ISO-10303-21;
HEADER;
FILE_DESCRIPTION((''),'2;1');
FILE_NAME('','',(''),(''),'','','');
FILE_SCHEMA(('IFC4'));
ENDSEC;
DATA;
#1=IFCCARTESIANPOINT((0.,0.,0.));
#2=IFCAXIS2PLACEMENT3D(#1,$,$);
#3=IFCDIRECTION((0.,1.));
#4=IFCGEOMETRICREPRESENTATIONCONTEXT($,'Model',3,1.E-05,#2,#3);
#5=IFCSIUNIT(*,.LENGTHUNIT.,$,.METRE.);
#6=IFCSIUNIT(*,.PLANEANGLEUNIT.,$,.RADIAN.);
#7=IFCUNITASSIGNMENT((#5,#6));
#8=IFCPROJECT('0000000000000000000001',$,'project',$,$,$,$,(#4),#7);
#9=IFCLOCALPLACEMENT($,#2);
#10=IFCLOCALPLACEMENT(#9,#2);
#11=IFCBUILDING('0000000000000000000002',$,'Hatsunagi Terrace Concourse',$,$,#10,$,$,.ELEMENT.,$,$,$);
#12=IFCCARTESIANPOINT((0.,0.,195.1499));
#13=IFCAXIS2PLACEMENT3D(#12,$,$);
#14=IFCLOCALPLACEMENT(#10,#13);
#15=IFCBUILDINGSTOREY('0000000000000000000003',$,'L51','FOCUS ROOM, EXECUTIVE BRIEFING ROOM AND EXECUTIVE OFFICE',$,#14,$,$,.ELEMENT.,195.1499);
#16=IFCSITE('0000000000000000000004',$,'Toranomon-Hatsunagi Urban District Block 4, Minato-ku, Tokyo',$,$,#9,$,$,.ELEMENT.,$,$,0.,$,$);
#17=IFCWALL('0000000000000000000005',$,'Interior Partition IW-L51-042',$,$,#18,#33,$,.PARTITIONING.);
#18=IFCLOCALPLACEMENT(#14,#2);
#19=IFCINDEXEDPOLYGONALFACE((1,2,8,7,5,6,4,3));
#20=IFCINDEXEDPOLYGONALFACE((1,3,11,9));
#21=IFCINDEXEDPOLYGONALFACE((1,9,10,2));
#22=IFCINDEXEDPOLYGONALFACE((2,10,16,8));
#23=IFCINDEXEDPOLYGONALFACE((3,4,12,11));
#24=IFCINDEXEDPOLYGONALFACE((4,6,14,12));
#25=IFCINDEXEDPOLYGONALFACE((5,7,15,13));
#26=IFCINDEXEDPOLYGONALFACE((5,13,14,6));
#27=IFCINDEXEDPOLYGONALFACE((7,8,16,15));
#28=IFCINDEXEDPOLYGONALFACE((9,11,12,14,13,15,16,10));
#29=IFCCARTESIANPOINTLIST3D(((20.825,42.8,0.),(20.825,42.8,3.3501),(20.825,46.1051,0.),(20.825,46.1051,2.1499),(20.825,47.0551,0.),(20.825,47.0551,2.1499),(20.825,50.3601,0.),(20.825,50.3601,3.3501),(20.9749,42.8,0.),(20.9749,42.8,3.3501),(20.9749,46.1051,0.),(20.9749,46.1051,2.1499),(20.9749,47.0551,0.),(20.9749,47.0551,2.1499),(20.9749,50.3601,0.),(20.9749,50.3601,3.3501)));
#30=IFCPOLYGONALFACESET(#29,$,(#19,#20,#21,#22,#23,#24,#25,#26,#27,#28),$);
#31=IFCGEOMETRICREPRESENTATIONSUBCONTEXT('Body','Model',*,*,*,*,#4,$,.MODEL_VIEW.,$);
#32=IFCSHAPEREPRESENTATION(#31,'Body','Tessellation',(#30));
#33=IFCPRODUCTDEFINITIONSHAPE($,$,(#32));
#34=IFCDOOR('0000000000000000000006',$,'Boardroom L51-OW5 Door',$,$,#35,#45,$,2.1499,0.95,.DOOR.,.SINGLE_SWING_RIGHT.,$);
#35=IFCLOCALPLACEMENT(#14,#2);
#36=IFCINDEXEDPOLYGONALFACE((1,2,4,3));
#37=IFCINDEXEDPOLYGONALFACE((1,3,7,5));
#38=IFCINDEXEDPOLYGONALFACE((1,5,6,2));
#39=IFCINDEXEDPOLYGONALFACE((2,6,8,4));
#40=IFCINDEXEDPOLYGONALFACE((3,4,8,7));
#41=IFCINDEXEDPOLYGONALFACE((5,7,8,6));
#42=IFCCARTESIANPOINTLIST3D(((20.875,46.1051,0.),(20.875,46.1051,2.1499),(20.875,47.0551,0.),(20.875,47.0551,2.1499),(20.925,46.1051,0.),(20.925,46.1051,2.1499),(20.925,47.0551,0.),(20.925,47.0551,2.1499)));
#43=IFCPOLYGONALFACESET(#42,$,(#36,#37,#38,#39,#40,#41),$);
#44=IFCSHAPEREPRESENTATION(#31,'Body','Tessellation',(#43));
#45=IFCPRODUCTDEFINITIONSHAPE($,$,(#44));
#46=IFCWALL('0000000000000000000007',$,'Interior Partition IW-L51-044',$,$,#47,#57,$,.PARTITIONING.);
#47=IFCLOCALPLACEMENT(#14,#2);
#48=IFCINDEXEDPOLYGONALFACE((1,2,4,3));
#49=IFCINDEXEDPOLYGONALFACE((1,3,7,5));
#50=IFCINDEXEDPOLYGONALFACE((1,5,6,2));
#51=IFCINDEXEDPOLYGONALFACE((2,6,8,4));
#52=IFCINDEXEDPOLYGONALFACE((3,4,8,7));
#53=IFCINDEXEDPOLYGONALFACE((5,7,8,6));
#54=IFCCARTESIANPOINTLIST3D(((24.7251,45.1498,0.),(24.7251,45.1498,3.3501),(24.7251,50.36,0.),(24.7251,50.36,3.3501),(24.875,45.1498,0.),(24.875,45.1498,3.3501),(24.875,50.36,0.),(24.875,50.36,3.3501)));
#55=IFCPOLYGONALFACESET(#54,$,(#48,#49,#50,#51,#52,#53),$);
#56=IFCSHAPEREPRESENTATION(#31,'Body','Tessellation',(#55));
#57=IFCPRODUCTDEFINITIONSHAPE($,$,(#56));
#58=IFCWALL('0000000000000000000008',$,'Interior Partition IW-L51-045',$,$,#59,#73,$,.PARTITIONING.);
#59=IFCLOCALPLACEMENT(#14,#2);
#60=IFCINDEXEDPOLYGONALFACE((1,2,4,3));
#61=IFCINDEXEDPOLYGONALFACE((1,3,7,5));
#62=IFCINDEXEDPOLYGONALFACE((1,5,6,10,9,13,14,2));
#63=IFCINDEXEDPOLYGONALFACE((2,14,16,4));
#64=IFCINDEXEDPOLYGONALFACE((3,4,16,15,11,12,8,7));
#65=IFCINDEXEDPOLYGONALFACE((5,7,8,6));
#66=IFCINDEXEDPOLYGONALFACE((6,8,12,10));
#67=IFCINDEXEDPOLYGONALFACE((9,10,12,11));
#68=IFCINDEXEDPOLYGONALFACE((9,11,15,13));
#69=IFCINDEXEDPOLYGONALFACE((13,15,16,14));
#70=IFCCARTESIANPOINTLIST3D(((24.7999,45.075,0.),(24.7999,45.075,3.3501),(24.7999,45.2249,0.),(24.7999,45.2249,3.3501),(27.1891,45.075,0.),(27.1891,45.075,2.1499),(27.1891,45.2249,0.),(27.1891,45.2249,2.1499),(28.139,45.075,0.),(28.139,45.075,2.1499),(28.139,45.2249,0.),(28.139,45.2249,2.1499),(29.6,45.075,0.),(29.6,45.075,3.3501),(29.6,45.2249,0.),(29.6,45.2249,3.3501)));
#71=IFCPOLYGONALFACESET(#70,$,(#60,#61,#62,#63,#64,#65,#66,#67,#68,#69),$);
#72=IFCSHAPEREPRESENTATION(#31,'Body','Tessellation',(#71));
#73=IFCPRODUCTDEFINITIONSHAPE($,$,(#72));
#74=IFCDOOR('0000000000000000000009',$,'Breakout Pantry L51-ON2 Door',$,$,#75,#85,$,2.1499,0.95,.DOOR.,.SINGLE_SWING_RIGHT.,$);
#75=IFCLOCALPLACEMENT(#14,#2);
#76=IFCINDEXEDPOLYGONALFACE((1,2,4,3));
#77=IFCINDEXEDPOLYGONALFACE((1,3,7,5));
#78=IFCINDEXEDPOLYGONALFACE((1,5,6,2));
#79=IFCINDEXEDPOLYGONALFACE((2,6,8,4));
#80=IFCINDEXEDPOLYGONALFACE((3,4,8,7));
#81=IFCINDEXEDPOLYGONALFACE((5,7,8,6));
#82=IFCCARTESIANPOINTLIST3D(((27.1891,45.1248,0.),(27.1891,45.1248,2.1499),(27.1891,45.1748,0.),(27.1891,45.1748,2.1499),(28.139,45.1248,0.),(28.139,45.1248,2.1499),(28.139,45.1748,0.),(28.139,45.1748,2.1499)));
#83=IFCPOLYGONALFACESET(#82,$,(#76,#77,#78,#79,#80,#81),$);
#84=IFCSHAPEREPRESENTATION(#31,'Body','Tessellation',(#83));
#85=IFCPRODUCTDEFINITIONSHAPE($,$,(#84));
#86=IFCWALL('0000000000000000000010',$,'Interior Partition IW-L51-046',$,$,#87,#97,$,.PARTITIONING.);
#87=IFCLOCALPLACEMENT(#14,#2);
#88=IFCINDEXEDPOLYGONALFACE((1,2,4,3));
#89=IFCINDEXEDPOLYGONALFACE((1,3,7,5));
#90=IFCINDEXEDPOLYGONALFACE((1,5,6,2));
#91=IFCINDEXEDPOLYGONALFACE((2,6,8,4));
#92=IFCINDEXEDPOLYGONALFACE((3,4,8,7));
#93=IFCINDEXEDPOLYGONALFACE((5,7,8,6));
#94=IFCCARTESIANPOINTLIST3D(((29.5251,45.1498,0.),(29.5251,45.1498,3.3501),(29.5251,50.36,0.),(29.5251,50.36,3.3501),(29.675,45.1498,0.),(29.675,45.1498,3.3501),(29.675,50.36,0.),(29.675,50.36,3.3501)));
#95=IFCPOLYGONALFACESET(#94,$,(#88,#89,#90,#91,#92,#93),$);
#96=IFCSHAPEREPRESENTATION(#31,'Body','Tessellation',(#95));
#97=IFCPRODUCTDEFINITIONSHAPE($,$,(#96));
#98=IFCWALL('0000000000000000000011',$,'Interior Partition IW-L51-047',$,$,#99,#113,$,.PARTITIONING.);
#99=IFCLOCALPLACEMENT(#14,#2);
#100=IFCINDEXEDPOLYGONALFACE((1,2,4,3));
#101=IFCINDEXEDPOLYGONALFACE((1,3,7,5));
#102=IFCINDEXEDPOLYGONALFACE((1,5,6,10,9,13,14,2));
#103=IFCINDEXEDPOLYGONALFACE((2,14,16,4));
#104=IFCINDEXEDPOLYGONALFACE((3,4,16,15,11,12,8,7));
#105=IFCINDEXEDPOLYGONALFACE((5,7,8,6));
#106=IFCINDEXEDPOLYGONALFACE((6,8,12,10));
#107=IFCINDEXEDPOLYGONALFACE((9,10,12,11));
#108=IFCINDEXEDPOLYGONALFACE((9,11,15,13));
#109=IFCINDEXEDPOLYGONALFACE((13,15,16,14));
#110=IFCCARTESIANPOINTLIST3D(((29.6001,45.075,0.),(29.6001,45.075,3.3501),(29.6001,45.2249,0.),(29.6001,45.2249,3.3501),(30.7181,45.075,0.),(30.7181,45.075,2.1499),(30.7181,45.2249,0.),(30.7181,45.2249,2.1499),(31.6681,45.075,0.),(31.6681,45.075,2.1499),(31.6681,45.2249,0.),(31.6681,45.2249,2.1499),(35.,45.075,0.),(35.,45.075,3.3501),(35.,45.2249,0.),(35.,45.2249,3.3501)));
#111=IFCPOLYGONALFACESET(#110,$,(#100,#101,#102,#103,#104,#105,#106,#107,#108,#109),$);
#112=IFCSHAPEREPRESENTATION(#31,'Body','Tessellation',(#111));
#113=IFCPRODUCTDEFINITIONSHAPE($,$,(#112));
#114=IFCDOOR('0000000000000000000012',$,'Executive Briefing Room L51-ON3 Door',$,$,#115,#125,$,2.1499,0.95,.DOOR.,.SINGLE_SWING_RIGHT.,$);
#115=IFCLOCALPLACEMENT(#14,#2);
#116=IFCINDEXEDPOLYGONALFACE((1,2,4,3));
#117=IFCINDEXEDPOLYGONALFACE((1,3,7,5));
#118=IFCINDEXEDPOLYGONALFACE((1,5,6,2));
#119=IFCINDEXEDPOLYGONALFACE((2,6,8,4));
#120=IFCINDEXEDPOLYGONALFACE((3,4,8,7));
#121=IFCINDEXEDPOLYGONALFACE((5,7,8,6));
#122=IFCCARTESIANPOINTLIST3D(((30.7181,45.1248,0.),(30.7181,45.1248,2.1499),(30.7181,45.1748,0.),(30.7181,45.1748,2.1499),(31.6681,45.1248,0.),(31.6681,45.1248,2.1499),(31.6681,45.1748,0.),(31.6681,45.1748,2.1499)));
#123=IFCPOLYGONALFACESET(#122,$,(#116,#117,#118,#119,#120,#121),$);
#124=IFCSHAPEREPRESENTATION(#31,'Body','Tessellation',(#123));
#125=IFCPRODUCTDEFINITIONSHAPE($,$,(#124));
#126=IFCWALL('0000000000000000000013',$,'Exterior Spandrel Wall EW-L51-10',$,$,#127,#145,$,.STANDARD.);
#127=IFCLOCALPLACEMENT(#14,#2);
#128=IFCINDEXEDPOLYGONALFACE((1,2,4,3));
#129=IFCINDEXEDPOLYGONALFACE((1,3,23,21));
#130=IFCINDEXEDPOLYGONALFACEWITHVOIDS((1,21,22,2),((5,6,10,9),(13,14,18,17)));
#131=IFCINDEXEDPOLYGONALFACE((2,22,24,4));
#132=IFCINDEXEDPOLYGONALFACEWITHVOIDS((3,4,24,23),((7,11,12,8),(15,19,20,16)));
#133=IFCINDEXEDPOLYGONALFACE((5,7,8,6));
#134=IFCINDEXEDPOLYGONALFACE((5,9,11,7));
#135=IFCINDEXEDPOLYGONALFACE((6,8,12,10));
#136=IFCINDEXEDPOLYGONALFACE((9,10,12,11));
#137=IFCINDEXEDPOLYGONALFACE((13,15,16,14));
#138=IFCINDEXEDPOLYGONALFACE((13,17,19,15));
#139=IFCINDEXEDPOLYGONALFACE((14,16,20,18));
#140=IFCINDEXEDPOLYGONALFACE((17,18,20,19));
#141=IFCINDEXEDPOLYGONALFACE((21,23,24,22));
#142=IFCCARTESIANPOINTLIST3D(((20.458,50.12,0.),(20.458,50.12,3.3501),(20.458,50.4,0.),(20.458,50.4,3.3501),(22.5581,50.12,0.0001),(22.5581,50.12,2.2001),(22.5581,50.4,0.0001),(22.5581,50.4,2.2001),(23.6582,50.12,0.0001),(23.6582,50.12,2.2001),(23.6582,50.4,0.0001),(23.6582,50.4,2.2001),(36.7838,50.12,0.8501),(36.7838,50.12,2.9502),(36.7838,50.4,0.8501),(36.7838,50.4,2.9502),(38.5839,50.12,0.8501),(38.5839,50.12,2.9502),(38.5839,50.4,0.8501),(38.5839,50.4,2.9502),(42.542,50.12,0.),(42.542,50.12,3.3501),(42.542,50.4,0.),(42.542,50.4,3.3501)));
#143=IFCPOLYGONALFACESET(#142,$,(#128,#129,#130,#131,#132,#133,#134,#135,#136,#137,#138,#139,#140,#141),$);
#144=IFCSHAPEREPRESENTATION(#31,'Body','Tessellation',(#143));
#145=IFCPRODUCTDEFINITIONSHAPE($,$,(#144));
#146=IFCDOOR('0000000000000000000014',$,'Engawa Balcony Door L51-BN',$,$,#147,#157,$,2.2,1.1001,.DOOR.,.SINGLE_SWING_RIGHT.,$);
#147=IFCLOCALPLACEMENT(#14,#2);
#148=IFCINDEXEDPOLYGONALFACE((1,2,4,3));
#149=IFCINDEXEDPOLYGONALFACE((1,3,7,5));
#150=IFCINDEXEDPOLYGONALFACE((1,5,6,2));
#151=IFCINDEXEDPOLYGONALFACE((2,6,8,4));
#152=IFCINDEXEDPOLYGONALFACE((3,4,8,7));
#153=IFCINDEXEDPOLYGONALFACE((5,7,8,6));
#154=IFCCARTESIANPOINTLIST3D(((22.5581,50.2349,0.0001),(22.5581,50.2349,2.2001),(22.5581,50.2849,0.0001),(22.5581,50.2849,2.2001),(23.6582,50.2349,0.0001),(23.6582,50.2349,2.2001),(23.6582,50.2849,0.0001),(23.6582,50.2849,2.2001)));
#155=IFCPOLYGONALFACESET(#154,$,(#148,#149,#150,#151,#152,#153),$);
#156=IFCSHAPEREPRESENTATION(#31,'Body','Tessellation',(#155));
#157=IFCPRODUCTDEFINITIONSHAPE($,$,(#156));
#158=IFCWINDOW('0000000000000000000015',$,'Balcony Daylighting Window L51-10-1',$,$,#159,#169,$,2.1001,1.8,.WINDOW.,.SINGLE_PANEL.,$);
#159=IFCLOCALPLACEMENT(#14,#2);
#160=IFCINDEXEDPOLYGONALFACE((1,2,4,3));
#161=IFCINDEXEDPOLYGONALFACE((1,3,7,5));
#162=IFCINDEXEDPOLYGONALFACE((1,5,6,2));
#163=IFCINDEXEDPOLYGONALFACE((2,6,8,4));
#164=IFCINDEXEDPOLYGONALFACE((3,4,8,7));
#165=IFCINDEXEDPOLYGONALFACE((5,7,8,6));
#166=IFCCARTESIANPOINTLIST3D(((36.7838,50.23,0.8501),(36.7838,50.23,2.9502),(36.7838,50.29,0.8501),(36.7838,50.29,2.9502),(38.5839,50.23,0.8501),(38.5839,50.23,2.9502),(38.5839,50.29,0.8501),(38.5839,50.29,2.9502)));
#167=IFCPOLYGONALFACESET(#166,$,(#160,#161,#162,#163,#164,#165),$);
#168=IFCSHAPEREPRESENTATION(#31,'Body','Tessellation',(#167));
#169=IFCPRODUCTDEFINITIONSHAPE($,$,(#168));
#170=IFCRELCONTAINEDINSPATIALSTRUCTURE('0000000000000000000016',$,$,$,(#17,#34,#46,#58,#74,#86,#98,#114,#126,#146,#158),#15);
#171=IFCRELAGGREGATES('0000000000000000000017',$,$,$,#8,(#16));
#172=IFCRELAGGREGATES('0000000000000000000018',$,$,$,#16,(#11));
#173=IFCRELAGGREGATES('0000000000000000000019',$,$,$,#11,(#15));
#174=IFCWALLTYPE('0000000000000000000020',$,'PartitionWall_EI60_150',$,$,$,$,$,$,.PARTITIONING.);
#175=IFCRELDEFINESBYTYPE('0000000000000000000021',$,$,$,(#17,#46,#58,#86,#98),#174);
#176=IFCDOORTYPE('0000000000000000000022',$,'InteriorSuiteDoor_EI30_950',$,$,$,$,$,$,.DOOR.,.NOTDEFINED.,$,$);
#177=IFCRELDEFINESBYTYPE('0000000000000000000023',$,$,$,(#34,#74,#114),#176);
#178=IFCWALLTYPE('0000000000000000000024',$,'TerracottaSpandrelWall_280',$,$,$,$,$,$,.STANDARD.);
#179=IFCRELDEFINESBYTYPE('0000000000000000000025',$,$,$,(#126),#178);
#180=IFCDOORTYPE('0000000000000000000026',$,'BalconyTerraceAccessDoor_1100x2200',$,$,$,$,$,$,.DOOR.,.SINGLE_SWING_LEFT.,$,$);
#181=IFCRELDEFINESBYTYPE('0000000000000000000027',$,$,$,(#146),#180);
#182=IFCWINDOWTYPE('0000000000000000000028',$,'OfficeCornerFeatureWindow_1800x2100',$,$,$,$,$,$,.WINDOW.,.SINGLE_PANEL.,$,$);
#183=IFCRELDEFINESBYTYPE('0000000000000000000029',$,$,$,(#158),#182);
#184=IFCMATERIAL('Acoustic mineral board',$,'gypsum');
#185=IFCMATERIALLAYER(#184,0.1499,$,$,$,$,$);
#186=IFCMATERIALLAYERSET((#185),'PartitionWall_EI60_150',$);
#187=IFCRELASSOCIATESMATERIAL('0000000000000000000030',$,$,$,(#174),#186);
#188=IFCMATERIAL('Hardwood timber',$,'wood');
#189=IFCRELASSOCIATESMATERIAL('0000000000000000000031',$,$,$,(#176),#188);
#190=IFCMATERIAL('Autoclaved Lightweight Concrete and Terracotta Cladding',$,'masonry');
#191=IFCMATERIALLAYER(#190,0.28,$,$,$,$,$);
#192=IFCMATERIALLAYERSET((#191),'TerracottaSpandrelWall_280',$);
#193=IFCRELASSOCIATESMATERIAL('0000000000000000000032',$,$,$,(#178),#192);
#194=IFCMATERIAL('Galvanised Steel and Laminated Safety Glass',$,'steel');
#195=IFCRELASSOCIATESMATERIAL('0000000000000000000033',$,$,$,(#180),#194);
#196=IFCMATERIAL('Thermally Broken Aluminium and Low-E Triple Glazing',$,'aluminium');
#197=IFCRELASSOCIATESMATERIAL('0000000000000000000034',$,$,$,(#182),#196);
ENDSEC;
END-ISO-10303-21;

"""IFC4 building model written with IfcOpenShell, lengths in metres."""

from ifc_helpers import new_model, si_unit, direction, frame, frame_2d, origin, place, context, subcontext, project, spatial, rectangle, extrude, material, layer, layer_set, type_object, element, fill, save


model = new_model("IFC4")

# Units and contexts
model_context = context("Model", 3, precision=1e-05, world=origin(), true_north=direction((0.0, 1.0)))
body_context = subcontext(model_context, "Body", "Model", "MODEL_VIEW")
ifc_project = project(units=[si_unit("LENGTHUNIT", "METRE"), si_unit("PLANEANGLEUNIT", "RADIAN")], contexts=[model_context])

# Site, building, storey
site_placement = place(None, origin())
site = spatial("IfcSite", under=ifc_project, at=site_placement, Name="Toranomon-Hatsunagi Urban District Block 4, Minato-ku, Tokyo", CompositionType="ELEMENT", RefElevation=0.0)
building_placement = place(site_placement, origin())
building = spatial("IfcBuilding", under=site, at=building_placement, Name="Hatsunagi Terrace Concourse", CompositionType="ELEMENT")
storey_placement = place(building_placement, frame((0.0, 0.0, 195.1499)))
storey = spatial("IfcBuildingStorey", under=building, at=storey_placement, Name="L51", Description="FOCUS ROOM, EXECUTIVE BRIEFING ROOM AND EXECUTIVE OFFICE", CompositionType="ELEMENT", Elevation=195.1499)

# Shared definitions
ifc_material_1 = material(Name="Acoustic mineral board", Category="gypsum")
ifc_layer_1 = layer(ifc_material_1, 0.1499)
ifc_layer_set_1 = layer_set([ifc_layer_1], Name="PartitionWall_EI60_150")
wall_type_1 = type_object("IfcWallType", Name="PartitionWall_EI60_150", PredefinedType="PARTITIONING", material=ifc_layer_set_1)

# Wall, opening, door
wall_1_placement = place(storey_placement, frame((20.8999, 42.8, 0.0), z_axis=(0.0, 0.0, 1.0), x_axis=(0.0, 1.0, 0.0)))
wall_1 = element("IfcWall", 1, at=wall_1_placement, inside=storey, type_object=wall_type_1, Name="Interior Partition IW-L51-042", PredefinedType="PARTITIONING", context=body_context, shape_type="SweptSolid", body=[
    extrude(rectangle(XDim=7.5601, YDim=0.1499, at=frame_2d((3.78, 0.0))), origin(), (0.0, 0.0, 1.0), 3.3501),
])
opening_1_placement = place(wall_1_placement, frame((3.3049, 0.0, 0.0)))
opening_1 = element("IfcOpeningElement", 2, at=opening_1_placement, cuts=wall_1, PredefinedType="OPENING", context=body_context, shape_type="SweptSolid", body=[
    extrude(rectangle(XDim=0.95, YDim=2.1499, at=frame_2d((0.4751, 1.075))), frame((0.0, 0.085, 0.0), z_axis=(0.0, -1.0, 0.0), x_axis=(1.0, 0.0, 0.0)), (0.0, 0.0, 1.0), 0.1699),
])
ifc_material_2 = material(Name="Hardwood timber", Category="wood")
door_type_1 = type_object("IfcDoorType", Name="InteriorSuiteDoor_EI30_950", OperationType="NOTDEFINED", PredefinedType="DOOR", material=ifc_material_2)
door_1_placement = place(opening_1_placement, origin())
door_1 = element("IfcDoor", 3, at=door_1_placement, inside=storey, type_object=door_type_1, Name="Boardroom L51-OW5 Door", OperationType="SINGLE_SWING_RIGHT", OverallHeight=2.1499, OverallWidth=0.95, PredefinedType="DOOR", context=body_context, shape_type="SweptSolid", body=[
    extrude(rectangle(XDim=0.95, YDim=2.1499, at=frame_2d((0.4751, 1.075))), frame((0.0, 0.0249, 0.0), z_axis=(0.0, -1.0, 0.0), x_axis=(1.0, 0.0, 0.0)), (0.0, 0.0, 1.0), 0.05),
])
fill(opening_1, door_1)

# Wall
wall_2_placement = place(storey_placement, frame((24.8, 45.1499, 0.0), z_axis=(0.0, 0.0, 1.0), x_axis=(0.0, 1.0, 0.0)))
element("IfcWall", 4, at=wall_2_placement, inside=storey, type_object=wall_type_1, Name="Interior Partition IW-L51-044", PredefinedType="PARTITIONING", context=body_context, shape_type="SweptSolid", body=[
    extrude(rectangle(XDim=5.2102, YDim=0.1499, at=frame_2d((2.605, 0.0))), origin(), (0.0, 0.0, 1.0), 3.3501),
])

# Wall, opening, door
wall_3_placement = place(storey_placement, frame((24.8, 45.1499, 0.0), z_axis=(0.0, 0.0, 1.0), x_axis=(1.0, 0.0, 0.0)))
wall_3 = element("IfcWall", 5, at=wall_3_placement, inside=storey, type_object=wall_type_1, Name="Interior Partition IW-L51-045", PredefinedType="PARTITIONING", context=body_context, shape_type="SweptSolid", body=[
    extrude(rectangle(XDim=4.8, YDim=0.1499, at=frame_2d((2.3999, 0.0))), origin(), (0.0, 0.0, 1.0), 3.3501),
])
opening_2_placement = place(wall_3_placement, frame((2.3889, 0.0, 0.0)))
opening_2 = element("IfcOpeningElement", 6, at=opening_2_placement, cuts=wall_3, PredefinedType="OPENING", context=body_context, shape_type="SweptSolid", body=[
    extrude(rectangle(XDim=0.95, YDim=2.1499, at=frame_2d((0.4751, 1.075))), frame((0.0, 0.085, 0.0), z_axis=(0.0, -1.0, 0.0), x_axis=(1.0, 0.0, 0.0)), (0.0, 0.0, 1.0), 0.1699),
])
door_2_placement = place(opening_2_placement, origin())
door_2 = element("IfcDoor", 7, at=door_2_placement, inside=storey, type_object=door_type_1, Name="Breakout Pantry L51-ON2 Door", OperationType="SINGLE_SWING_RIGHT", OverallHeight=2.1499, OverallWidth=0.95, PredefinedType="DOOR", context=body_context, shape_type="SweptSolid", body=[
    extrude(rectangle(XDim=0.95, YDim=2.1499, at=frame_2d((0.4751, 1.075))), frame((0.0, 0.0249, 0.0), z_axis=(0.0, -1.0, 0.0), x_axis=(1.0, 0.0, 0.0)), (0.0, 0.0, 1.0), 0.05),
])
fill(opening_2, door_2)

# Wall
wall_4_placement = place(storey_placement, frame((29.6001, 45.1499, 0.0), z_axis=(0.0, 0.0, 1.0), x_axis=(0.0, 1.0, 0.0)))
element("IfcWall", 8, at=wall_4_placement, inside=storey, type_object=wall_type_1, Name="Interior Partition IW-L51-046", PredefinedType="PARTITIONING", context=body_context, shape_type="SweptSolid", body=[
    extrude(rectangle(XDim=5.2102, YDim=0.1499, at=frame_2d((2.605, 0.0))), origin(), (0.0, 0.0, 1.0), 3.3501),
])

# Wall, opening, door
wall_5_placement = place(storey_placement, frame((29.6001, 45.1499, 0.0), z_axis=(0.0, 0.0, 1.0), x_axis=(1.0, 0.0, 0.0)))
wall_5 = element("IfcWall", 9, at=wall_5_placement, inside=storey, type_object=wall_type_1, Name="Interior Partition IW-L51-047", PredefinedType="PARTITIONING", context=body_context, shape_type="SweptSolid", body=[
    extrude(rectangle(XDim=5.3999, YDim=0.1499, at=frame_2d((2.7, 0.0))), origin(), (0.0, 0.0, 1.0), 3.3501),
])
opening_3_placement = place(wall_5_placement, frame((1.1179, 0.0, 0.0)))
opening_3 = element("IfcOpeningElement", 10, at=opening_3_placement, cuts=wall_5, PredefinedType="OPENING", context=body_context, shape_type="SweptSolid", body=[
    extrude(rectangle(XDim=0.95, YDim=2.1499, at=frame_2d((0.4751, 1.075))), frame((0.0, 0.085, 0.0), z_axis=(0.0, -1.0, 0.0), x_axis=(1.0, 0.0, 0.0)), (0.0, 0.0, 1.0), 0.1699),
])
door_3_placement = place(opening_3_placement, origin())
door_3 = element("IfcDoor", 11, at=door_3_placement, inside=storey, type_object=door_type_1, Name="Executive Briefing Room L51-ON3 Door", OperationType="SINGLE_SWING_RIGHT", OverallHeight=2.1499, OverallWidth=0.95, PredefinedType="DOOR", context=body_context, shape_type="SweptSolid", body=[
    extrude(rectangle(XDim=0.95, YDim=2.1499, at=frame_2d((0.4751, 1.075))), frame((0.0, 0.0249, 0.0), z_axis=(0.0, -1.0, 0.0), x_axis=(1.0, 0.0, 0.0)), (0.0, 0.0, 1.0), 0.05),
])
fill(opening_3, door_3)

# Wall, openings, door, window
ifc_material_3 = material(Name="Autoclaved Lightweight Concrete and Terracotta Cladding", Category="masonry")
ifc_layer_2 = layer(ifc_material_3, 0.28)
ifc_layer_set_2 = layer_set([ifc_layer_2], Name="TerracottaSpandrelWall_280")
wall_type_2 = type_object("IfcWallType", Name="TerracottaSpandrelWall_280", PredefinedType="STANDARD", material=ifc_layer_set_2)
wall_6_placement = place(storey_placement, frame((20.458, 50.26, 0.0), z_axis=(0.0, 0.0, 1.0), x_axis=(1.0, 0.0, 0.0)))
wall_6 = element("IfcWall", 12, at=wall_6_placement, inside=storey, type_object=wall_type_2, Name="Exterior Spandrel Wall EW-L51-10", PredefinedType="STANDARD", context=body_context, shape_type="SweptSolid", body=[
    extrude(rectangle(XDim=22.084, YDim=0.28, at=frame_2d((11.042, 0.0))), origin(), (0.0, 0.0, 1.0), 3.3501),
])
opening_4_placement = place(wall_6_placement, frame((2.1001, 0.0, 0.0)))
opening_4 = element("IfcOpeningElement", 13, at=opening_4_placement, cuts=wall_6, PredefinedType="OPENING", context=body_context, shape_type="SweptSolid", body=[
    extrude(rectangle(XDim=1.1001, YDim=2.2, at=frame_2d((0.55, 1.1001))), frame((0.0, 0.1499, 0.0), z_axis=(0.0, -1.0, 0.0), x_axis=(1.0, 0.0, 0.0)), (0.0, 0.0, 1.0), 0.3),
])
opening_5_placement = place(wall_6_placement, frame((16.3259, 0.0, 0.8501)))
opening_5 = element("IfcOpeningElement", 14, at=opening_5_placement, cuts=wall_6, PredefinedType="OPENING", context=body_context, shape_type="SweptSolid", body=[
    extrude(rectangle(XDim=1.8, YDim=2.1001, at=frame_2d((0.8999, 1.05))), frame((0.0, 0.1499, 0.0), z_axis=(0.0, -1.0, 0.0), x_axis=(1.0, 0.0, 0.0)), (0.0, 0.0, 1.0), 0.3),
])
ifc_material_4 = material(Name="Galvanised Steel and Laminated Safety Glass", Category="steel")
door_type_2 = type_object("IfcDoorType", Name="BalconyTerraceAccessDoor_1100x2200", OperationType="SINGLE_SWING_LEFT", PredefinedType="DOOR", material=ifc_material_4)
door_4_placement = place(opening_4_placement, origin())
door_4 = element("IfcDoor", 15, at=door_4_placement, inside=storey, type_object=door_type_2, Name="Engawa Balcony Door L51-BN", OperationType="SINGLE_SWING_RIGHT", OverallHeight=2.2, OverallWidth=1.1001, PredefinedType="DOOR", context=body_context, shape_type="SweptSolid", body=[
    extrude(rectangle(XDim=1.1001, YDim=2.2, at=frame_2d((0.55, 1.1001))), frame((0.0, 0.0249, 0.0), z_axis=(0.0, -1.0, 0.0), x_axis=(1.0, 0.0, 0.0)), (0.0, 0.0, 1.0), 0.05),
])
fill(opening_4, door_4)
ifc_material_5 = material(Name="Thermally Broken Aluminium and Low-E Triple Glazing", Category="aluminium")
window_type = type_object("IfcWindowType", Name="OfficeCornerFeatureWindow_1800x2100", PartitioningType="SINGLE_PANEL", PredefinedType="WINDOW", material=ifc_material_5)
window_placement = place(opening_5_placement, origin())
window = element("IfcWindow", 16, at=window_placement, inside=storey, type_object=window_type, Name="Balcony Daylighting Window L51-10-1", OverallHeight=2.1001, OverallWidth=1.8, PartitioningType="SINGLE_PANEL", PredefinedType="WINDOW", context=body_context, shape_type="SweptSolid", body=[
    extrude(rectangle(XDim=1.8, YDim=2.1001, at=frame_2d((0.8999, 1.05))), frame((0.0, 0.03, 0.0), z_axis=(0.0, -1.0, 0.0), x_axis=(1.0, 0.0, 0.0)), (0.0, 0.0, 1.0), 0.0601),
])
fill(opening_5, window)

save(model, "model.ifc")
